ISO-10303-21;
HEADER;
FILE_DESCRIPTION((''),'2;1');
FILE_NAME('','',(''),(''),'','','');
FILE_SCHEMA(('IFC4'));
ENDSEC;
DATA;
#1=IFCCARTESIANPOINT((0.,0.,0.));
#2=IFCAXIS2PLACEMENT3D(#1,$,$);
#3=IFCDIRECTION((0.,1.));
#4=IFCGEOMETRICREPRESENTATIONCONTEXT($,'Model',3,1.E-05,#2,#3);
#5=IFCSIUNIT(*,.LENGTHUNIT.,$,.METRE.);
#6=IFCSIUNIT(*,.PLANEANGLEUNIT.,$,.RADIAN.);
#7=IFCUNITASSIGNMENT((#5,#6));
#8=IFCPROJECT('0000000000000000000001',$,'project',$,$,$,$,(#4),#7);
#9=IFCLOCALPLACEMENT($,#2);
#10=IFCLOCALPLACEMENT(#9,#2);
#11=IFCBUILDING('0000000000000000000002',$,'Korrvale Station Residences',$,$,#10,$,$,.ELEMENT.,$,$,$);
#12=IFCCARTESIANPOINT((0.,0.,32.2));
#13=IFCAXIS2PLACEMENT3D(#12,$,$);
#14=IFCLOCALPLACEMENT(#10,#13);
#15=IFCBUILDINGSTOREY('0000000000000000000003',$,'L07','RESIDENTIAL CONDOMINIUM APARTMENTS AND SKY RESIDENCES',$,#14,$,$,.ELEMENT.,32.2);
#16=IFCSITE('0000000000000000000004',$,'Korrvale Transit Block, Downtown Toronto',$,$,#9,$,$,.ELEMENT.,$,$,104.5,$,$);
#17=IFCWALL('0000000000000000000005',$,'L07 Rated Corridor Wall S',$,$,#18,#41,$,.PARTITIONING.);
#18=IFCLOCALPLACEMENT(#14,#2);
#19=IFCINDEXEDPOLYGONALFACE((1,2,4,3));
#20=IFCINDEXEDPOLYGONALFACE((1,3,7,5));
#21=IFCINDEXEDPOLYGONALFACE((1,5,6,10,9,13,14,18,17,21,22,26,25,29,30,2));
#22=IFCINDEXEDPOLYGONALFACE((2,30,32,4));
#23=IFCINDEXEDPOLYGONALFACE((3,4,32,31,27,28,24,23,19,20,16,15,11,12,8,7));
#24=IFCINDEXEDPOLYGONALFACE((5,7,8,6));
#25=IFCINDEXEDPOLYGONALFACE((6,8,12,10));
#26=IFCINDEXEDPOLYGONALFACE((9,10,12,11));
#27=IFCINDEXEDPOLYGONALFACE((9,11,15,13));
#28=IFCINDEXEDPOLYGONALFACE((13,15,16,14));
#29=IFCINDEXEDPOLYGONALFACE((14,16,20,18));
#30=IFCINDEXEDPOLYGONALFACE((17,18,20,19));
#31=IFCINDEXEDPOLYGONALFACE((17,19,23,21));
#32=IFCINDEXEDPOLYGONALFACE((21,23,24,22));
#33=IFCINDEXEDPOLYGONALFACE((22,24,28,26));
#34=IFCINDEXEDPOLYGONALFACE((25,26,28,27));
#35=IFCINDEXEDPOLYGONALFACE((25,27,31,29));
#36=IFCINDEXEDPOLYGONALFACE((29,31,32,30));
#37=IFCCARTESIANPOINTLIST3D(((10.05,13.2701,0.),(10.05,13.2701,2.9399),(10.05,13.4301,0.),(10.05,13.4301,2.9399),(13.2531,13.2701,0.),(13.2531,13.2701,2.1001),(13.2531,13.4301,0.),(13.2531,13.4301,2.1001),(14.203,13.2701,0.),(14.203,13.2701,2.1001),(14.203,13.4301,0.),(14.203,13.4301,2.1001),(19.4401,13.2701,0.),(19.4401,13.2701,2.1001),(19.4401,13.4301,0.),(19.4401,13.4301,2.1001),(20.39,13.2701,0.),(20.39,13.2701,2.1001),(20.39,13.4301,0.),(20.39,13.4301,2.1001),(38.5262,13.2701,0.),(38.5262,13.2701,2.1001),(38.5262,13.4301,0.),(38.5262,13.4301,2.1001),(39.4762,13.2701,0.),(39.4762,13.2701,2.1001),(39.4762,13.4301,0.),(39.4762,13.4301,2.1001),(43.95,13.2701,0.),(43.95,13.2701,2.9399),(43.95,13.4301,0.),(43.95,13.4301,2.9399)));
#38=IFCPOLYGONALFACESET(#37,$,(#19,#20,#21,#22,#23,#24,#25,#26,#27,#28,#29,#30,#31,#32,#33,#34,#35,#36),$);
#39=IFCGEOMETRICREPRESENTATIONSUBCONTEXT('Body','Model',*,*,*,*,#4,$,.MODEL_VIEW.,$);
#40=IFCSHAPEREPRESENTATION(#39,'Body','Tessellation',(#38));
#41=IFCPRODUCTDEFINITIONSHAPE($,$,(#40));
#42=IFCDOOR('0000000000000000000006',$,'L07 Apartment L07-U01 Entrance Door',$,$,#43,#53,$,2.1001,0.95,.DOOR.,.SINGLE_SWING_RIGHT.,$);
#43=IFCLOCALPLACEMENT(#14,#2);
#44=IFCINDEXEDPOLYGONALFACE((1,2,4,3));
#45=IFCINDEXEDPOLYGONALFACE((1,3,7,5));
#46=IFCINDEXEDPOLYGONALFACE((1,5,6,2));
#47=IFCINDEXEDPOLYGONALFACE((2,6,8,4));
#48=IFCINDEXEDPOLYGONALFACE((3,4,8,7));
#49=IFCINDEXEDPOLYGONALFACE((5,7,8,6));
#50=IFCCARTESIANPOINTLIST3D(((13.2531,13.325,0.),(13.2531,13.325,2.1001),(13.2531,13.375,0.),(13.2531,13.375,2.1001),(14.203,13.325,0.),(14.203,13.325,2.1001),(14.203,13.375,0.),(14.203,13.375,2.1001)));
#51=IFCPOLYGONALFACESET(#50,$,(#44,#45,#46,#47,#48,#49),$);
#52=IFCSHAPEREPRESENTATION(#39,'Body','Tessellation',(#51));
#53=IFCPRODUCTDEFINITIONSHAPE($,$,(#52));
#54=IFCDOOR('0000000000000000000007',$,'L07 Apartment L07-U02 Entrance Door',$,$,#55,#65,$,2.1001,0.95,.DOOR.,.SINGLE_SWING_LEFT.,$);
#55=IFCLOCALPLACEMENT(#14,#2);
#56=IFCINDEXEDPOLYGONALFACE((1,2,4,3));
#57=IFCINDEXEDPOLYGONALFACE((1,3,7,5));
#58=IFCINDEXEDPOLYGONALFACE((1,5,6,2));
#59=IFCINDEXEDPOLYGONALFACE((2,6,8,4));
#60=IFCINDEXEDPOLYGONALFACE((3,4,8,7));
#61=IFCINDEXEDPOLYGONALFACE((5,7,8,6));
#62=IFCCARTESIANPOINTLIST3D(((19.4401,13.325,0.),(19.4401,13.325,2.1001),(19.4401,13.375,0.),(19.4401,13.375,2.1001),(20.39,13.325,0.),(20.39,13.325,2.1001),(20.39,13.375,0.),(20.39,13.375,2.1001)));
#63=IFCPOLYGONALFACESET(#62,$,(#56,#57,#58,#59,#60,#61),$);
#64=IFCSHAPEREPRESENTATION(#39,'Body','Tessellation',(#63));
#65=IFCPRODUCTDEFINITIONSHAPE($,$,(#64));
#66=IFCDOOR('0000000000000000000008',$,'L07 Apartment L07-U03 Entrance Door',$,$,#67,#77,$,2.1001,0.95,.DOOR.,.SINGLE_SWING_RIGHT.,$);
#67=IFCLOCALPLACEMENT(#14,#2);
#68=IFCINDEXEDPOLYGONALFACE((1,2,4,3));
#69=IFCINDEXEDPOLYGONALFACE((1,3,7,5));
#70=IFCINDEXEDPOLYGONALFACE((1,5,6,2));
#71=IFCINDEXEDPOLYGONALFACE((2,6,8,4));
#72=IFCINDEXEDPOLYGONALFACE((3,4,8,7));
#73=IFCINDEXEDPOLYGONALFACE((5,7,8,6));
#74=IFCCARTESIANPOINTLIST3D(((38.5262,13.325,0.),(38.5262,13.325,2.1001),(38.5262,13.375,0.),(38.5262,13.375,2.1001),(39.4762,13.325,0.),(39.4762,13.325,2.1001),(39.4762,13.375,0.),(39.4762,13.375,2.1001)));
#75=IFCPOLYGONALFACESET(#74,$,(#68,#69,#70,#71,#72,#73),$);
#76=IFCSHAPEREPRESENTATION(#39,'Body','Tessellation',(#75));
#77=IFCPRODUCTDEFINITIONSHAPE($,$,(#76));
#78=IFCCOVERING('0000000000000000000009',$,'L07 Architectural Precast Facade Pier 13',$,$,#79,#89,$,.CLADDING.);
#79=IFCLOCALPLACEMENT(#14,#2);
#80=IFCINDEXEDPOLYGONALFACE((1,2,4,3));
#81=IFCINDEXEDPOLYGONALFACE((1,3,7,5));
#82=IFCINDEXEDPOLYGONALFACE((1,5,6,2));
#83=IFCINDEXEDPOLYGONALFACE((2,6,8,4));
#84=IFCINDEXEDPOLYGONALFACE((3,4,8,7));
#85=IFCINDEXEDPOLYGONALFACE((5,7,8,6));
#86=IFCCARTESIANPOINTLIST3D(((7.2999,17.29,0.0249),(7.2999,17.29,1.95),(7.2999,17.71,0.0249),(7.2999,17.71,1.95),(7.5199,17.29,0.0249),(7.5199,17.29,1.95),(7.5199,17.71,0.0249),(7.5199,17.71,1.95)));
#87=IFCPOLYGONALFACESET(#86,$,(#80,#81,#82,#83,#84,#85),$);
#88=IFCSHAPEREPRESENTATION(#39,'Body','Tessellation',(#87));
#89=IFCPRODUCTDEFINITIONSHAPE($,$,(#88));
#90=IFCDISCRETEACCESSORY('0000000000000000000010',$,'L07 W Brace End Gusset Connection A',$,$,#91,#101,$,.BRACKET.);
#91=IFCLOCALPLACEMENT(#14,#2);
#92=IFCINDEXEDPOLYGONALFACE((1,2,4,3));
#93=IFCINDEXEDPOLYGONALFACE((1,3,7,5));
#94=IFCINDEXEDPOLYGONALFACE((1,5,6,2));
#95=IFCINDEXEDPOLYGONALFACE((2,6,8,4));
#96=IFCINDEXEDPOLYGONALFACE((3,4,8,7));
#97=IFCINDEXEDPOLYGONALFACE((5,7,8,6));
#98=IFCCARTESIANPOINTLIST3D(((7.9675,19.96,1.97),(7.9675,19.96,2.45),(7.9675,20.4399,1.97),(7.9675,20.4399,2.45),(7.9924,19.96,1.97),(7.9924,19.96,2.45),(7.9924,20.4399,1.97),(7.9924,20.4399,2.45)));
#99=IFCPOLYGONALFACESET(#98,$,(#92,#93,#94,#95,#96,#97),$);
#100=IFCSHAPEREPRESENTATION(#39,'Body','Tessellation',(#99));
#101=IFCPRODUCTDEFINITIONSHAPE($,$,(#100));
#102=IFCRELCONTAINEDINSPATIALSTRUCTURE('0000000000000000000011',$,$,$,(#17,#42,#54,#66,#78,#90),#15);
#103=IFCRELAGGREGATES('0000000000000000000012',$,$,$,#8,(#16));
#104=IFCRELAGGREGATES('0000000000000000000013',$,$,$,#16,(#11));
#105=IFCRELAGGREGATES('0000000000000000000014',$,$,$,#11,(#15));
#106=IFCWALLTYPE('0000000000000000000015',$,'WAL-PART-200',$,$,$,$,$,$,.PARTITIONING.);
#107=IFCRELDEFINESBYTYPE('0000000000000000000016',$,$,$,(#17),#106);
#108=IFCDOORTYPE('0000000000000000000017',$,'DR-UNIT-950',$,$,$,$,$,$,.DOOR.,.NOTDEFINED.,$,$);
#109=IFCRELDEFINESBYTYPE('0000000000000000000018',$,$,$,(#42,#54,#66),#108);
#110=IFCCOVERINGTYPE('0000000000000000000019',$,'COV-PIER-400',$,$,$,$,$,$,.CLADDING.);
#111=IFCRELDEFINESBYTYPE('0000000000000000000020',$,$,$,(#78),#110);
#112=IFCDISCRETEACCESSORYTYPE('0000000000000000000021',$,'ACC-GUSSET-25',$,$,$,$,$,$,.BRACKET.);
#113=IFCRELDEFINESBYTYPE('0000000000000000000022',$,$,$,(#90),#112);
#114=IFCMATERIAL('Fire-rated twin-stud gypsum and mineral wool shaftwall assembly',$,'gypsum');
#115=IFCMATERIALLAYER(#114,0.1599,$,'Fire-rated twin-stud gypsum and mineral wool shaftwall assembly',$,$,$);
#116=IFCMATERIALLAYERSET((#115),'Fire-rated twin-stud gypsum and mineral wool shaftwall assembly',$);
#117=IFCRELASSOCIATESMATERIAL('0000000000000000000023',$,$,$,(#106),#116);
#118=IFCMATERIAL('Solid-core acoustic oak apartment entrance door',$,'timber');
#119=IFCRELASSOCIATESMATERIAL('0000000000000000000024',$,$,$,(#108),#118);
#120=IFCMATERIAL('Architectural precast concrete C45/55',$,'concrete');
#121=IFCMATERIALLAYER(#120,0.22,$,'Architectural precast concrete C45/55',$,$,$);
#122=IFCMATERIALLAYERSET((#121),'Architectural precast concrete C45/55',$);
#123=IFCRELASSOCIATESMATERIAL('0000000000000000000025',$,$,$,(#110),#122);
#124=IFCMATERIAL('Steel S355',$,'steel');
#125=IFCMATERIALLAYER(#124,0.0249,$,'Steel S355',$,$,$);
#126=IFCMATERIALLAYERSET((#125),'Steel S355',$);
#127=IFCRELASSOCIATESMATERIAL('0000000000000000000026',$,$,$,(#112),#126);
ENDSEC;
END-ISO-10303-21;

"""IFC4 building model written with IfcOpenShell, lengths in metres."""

from ifc_helpers import new_model, si_unit, direction, frame, frame_2d, origin, origin_2d, place, context, subcontext, project, spatial, rectangle, extrude, material, layer, layer_set, type_object, element, fill, save


model = new_model("IFC4")

# Units and contexts
model_context = context("Model", 3, precision=1e-05, world=origin(), true_north=direction((0.0, 1.0)))
body_context = subcontext(model_context, "Body", "Model", "MODEL_VIEW")
ifc_project = project(units=[si_unit("LENGTHUNIT", "METRE"), si_unit("PLANEANGLEUNIT", "RADIAN")], contexts=[model_context])

# Site, building, storey
site_placement = place(None, origin())
site = spatial("IfcSite", under=ifc_project, at=site_placement, Name="Korrvale Transit Block, Downtown Toronto", CompositionType="ELEMENT", RefElevation=104.5)
building_placement = place(site_placement, origin())
building = spatial("IfcBuilding", under=site, at=building_placement, Name="Korrvale Station Residences", CompositionType="ELEMENT")
storey_placement = place(building_placement, frame((0.0, 0.0, 32.2)))
storey = spatial("IfcBuildingStorey", under=building, at=storey_placement, Name="L07", Description="RESIDENTIAL CONDOMINIUM APARTMENTS AND SKY RESIDENCES", CompositionType="ELEMENT", Elevation=32.2)

# Shared definitions
ifc_material_1 = material(Name="Steel S355", Category="steel")

# Shared definitions
ifc_material_2 = material(Name="Fire-rated twin-stud gypsum and mineral wool shaftwall assembly", Category="gypsum")
ifc_layer_1 = layer(ifc_material_2, 0.1599, Name="Fire-rated twin-stud gypsum and mineral wool shaftwall assembly")
ifc_layer_set_1 = layer_set([ifc_layer_1], Name="Fire-rated twin-stud gypsum and mineral wool shaftwall assembly")
wall_type_1 = type_object("IfcWallType", Name="WAL-PART-200", PredefinedType="PARTITIONING", material=ifc_layer_set_1)

# Wall, openings, doors
wall_1_placement = place(storey_placement, frame((10.05, 13.3501, 0.0), z_axis=(0.0, 0.0, 1.0), x_axis=(1.0, 0.0, 0.0)))
wall_1 = element("IfcWall", 1, at=wall_1_placement, inside=storey, type_object=wall_type_1, Name="L07 Rated Corridor Wall S", PredefinedType="PARTITIONING", context=body_context, shape_type="SweptSolid", body=[
    extrude(rectangle(XDim=33.8999, YDim=0.1599, at=frame_2d((16.95, 0.0))), origin(), (0.0, 0.0, 1.0), 2.9399),
])
opening_1_placement = place(wall_1_placement, frame((3.2029, 0.0, 0.0)))
opening_1 = element("IfcOpeningElement", 2, at=opening_1_placement, cuts=wall_1, PredefinedType="OPENING", context=body_context, shape_type="SweptSolid", body=[
    extrude(rectangle(XDim=0.95, YDim=2.1001, at=frame_2d((0.4751, 1.05))), frame((0.0, 0.0898, 0.0), z_axis=(0.0, -1.0, 0.0), x_axis=(1.0, 0.0, 0.0)), (0.0, 0.0, 1.0), 0.1799),
])
opening_2_placement = place(wall_1_placement, frame((9.3899, 0.0, 0.0)))
opening_2 = element("IfcOpeningElement", 3, at=opening_2_placement, cuts=wall_1, PredefinedType="OPENING", context=body_context, shape_type="SweptSolid", body=[
    extrude(rectangle(XDim=0.95, YDim=2.1001, at=frame_2d((0.4751, 1.05))), frame((0.0, 0.0898, 0.0), z_axis=(0.0, -1.0, 0.0), x_axis=(1.0, 0.0, 0.0)), (0.0, 0.0, 1.0), 0.1799),
])
opening_3_placement = place(wall_1_placement, frame((28.4761, 0.0, 0.0)))
opening_3 = element("IfcOpeningElement", 4, at=opening_3_placement, cuts=wall_1, PredefinedType="OPENING", context=body_context, shape_type="SweptSolid", body=[
    extrude(rectangle(XDim=0.95, YDim=2.1001, at=frame_2d((0.4751, 1.05))), frame((0.0, 0.0898, 0.0), z_axis=(0.0, -1.0, 0.0), x_axis=(1.0, 0.0, 0.0)), (0.0, 0.0, 1.0), 0.1799),
])
ifc_material_3 = material(Name="Solid-core acoustic oak apartment entrance door", Category="timber")
door_type_1 = type_object("IfcDoorType", Name="DR-UNIT-950", OperationType="NOTDEFINED", PredefinedType="DOOR", material=ifc_material_3)
door_1_placement = place(opening_1_placement, origin())
door_1 = element("IfcDoor", 5, at=door_1_placement, inside=storey, type_object=door_type_1, Name="L07 Apartment L07-U01 Entrance Door", OperationType="SINGLE_SWING_RIGHT", OverallHeight=2.1001, OverallWidth=0.95, PredefinedType="DOOR", context=body_context, shape_type="SweptSolid", body=[
    extrude(rectangle(XDim=0.95, YDim=2.1001, at=frame_2d((0.4751, 1.05))), frame((0.0, 0.0249, 0.0), z_axis=(0.0, -1.0, 0.0), x_axis=(1.0, 0.0, 0.0)), (0.0, 0.0, 1.0), 0.05),
])
fill(opening_1, door_1)
door_2_placement = place(opening_2_placement, origin())
door_2 = element("IfcDoor", 6, at=door_2_placement, inside=storey, type_object=door_type_1, Name="L07 Apartment L07-U02 Entrance Door", OperationType="SINGLE_SWING_LEFT", OverallHeight=2.1001, OverallWidth=0.95, PredefinedType="DOOR", context=body_context, shape_type="SweptSolid", body=[
    extrude(rectangle(XDim=0.95, YDim=2.1001, at=frame_2d((0.4751, 1.05))), frame((0.0, 0.0249, 0.0), z_axis=(0.0, -1.0, 0.0), x_axis=(1.0, 0.0, 0.0)), (0.0, 0.0, 1.0), 0.05),
])
fill(opening_2, door_2)
door_3_placement = place(opening_3_placement, origin())
door_3 = element("IfcDoor", 7, at=door_3_placement, inside=storey, type_object=door_type_1, Name="L07 Apartment L07-U03 Entrance Door", OperationType="SINGLE_SWING_RIGHT", OverallHeight=2.1001, OverallWidth=0.95, PredefinedType="DOOR", context=body_context, shape_type="SweptSolid", body=[
    extrude(rectangle(XDim=0.95, YDim=2.1001, at=frame_2d((0.4751, 1.05))), frame((0.0, 0.0249, 0.0), z_axis=(0.0, -1.0, 0.0), x_axis=(1.0, 0.0, 0.0)), (0.0, 0.0, 1.0), 0.05),
])
fill(opening_3, door_3)

# Covering
ifc_material_4 = material(Name="Architectural precast concrete C45/55", Category="concrete")
ifc_layer_2 = layer(ifc_material_4, 0.22, Name="Architectural precast concrete C45/55")
ifc_layer_set_2 = layer_set([ifc_layer_2], Name="Architectural precast concrete C45/55")
covering_type = type_object("IfcCoveringType", Name="COV-PIER-400", PredefinedType="CLADDING", material=ifc_layer_set_2)
covering_placement = place(storey_placement, frame((7.4099, 17.5, 0.0249), z_axis=(0.0, 0.0, 1.0), x_axis=(0.0, 1.0, 0.0)))
element("IfcCovering", 8, at=covering_placement, inside=storey, type_object=covering_type, Name="L07 Architectural Precast Facade Pier 13", PredefinedType="CLADDING", context=body_context, shape_type="SweptSolid", body=[
    extrude(rectangle(XDim=0.4199, YDim=0.22, at=origin_2d()), origin(), (0.0, 0.0, 1.0), 1.925),
])

# Discrete accessory
ifc_layer_3 = layer(ifc_material_1, 0.0249, Name="Steel S355")
ifc_layer_set_3 = layer_set([ifc_layer_3], Name="Steel S355")
discrete_accessory_type = type_object("IfcDiscreteAccessoryType", Name="ACC-GUSSET-25", PredefinedType="BRACKET", material=ifc_layer_set_3)
discrete_accessory_placement = place(storey_placement, frame((7.98, 20.2, 1.97), z_axis=(0.0, 0.0, 1.0), x_axis=(0.0, 1.0, 0.0)))
element("IfcDiscreteAccessory", 9, at=discrete_accessory_placement, inside=storey, type_object=discrete_accessory_type, Name="L07 W Brace End Gusset Connection A", PredefinedType="BRACKET", context=body_context, shape_type="SweptSolid", body=[
    extrude(rectangle(XDim=0.48, YDim=0.0249, at=origin_2d()), origin(), (0.0, 0.0, 1.0), 0.48),
])

save(model, "model.ifc")
